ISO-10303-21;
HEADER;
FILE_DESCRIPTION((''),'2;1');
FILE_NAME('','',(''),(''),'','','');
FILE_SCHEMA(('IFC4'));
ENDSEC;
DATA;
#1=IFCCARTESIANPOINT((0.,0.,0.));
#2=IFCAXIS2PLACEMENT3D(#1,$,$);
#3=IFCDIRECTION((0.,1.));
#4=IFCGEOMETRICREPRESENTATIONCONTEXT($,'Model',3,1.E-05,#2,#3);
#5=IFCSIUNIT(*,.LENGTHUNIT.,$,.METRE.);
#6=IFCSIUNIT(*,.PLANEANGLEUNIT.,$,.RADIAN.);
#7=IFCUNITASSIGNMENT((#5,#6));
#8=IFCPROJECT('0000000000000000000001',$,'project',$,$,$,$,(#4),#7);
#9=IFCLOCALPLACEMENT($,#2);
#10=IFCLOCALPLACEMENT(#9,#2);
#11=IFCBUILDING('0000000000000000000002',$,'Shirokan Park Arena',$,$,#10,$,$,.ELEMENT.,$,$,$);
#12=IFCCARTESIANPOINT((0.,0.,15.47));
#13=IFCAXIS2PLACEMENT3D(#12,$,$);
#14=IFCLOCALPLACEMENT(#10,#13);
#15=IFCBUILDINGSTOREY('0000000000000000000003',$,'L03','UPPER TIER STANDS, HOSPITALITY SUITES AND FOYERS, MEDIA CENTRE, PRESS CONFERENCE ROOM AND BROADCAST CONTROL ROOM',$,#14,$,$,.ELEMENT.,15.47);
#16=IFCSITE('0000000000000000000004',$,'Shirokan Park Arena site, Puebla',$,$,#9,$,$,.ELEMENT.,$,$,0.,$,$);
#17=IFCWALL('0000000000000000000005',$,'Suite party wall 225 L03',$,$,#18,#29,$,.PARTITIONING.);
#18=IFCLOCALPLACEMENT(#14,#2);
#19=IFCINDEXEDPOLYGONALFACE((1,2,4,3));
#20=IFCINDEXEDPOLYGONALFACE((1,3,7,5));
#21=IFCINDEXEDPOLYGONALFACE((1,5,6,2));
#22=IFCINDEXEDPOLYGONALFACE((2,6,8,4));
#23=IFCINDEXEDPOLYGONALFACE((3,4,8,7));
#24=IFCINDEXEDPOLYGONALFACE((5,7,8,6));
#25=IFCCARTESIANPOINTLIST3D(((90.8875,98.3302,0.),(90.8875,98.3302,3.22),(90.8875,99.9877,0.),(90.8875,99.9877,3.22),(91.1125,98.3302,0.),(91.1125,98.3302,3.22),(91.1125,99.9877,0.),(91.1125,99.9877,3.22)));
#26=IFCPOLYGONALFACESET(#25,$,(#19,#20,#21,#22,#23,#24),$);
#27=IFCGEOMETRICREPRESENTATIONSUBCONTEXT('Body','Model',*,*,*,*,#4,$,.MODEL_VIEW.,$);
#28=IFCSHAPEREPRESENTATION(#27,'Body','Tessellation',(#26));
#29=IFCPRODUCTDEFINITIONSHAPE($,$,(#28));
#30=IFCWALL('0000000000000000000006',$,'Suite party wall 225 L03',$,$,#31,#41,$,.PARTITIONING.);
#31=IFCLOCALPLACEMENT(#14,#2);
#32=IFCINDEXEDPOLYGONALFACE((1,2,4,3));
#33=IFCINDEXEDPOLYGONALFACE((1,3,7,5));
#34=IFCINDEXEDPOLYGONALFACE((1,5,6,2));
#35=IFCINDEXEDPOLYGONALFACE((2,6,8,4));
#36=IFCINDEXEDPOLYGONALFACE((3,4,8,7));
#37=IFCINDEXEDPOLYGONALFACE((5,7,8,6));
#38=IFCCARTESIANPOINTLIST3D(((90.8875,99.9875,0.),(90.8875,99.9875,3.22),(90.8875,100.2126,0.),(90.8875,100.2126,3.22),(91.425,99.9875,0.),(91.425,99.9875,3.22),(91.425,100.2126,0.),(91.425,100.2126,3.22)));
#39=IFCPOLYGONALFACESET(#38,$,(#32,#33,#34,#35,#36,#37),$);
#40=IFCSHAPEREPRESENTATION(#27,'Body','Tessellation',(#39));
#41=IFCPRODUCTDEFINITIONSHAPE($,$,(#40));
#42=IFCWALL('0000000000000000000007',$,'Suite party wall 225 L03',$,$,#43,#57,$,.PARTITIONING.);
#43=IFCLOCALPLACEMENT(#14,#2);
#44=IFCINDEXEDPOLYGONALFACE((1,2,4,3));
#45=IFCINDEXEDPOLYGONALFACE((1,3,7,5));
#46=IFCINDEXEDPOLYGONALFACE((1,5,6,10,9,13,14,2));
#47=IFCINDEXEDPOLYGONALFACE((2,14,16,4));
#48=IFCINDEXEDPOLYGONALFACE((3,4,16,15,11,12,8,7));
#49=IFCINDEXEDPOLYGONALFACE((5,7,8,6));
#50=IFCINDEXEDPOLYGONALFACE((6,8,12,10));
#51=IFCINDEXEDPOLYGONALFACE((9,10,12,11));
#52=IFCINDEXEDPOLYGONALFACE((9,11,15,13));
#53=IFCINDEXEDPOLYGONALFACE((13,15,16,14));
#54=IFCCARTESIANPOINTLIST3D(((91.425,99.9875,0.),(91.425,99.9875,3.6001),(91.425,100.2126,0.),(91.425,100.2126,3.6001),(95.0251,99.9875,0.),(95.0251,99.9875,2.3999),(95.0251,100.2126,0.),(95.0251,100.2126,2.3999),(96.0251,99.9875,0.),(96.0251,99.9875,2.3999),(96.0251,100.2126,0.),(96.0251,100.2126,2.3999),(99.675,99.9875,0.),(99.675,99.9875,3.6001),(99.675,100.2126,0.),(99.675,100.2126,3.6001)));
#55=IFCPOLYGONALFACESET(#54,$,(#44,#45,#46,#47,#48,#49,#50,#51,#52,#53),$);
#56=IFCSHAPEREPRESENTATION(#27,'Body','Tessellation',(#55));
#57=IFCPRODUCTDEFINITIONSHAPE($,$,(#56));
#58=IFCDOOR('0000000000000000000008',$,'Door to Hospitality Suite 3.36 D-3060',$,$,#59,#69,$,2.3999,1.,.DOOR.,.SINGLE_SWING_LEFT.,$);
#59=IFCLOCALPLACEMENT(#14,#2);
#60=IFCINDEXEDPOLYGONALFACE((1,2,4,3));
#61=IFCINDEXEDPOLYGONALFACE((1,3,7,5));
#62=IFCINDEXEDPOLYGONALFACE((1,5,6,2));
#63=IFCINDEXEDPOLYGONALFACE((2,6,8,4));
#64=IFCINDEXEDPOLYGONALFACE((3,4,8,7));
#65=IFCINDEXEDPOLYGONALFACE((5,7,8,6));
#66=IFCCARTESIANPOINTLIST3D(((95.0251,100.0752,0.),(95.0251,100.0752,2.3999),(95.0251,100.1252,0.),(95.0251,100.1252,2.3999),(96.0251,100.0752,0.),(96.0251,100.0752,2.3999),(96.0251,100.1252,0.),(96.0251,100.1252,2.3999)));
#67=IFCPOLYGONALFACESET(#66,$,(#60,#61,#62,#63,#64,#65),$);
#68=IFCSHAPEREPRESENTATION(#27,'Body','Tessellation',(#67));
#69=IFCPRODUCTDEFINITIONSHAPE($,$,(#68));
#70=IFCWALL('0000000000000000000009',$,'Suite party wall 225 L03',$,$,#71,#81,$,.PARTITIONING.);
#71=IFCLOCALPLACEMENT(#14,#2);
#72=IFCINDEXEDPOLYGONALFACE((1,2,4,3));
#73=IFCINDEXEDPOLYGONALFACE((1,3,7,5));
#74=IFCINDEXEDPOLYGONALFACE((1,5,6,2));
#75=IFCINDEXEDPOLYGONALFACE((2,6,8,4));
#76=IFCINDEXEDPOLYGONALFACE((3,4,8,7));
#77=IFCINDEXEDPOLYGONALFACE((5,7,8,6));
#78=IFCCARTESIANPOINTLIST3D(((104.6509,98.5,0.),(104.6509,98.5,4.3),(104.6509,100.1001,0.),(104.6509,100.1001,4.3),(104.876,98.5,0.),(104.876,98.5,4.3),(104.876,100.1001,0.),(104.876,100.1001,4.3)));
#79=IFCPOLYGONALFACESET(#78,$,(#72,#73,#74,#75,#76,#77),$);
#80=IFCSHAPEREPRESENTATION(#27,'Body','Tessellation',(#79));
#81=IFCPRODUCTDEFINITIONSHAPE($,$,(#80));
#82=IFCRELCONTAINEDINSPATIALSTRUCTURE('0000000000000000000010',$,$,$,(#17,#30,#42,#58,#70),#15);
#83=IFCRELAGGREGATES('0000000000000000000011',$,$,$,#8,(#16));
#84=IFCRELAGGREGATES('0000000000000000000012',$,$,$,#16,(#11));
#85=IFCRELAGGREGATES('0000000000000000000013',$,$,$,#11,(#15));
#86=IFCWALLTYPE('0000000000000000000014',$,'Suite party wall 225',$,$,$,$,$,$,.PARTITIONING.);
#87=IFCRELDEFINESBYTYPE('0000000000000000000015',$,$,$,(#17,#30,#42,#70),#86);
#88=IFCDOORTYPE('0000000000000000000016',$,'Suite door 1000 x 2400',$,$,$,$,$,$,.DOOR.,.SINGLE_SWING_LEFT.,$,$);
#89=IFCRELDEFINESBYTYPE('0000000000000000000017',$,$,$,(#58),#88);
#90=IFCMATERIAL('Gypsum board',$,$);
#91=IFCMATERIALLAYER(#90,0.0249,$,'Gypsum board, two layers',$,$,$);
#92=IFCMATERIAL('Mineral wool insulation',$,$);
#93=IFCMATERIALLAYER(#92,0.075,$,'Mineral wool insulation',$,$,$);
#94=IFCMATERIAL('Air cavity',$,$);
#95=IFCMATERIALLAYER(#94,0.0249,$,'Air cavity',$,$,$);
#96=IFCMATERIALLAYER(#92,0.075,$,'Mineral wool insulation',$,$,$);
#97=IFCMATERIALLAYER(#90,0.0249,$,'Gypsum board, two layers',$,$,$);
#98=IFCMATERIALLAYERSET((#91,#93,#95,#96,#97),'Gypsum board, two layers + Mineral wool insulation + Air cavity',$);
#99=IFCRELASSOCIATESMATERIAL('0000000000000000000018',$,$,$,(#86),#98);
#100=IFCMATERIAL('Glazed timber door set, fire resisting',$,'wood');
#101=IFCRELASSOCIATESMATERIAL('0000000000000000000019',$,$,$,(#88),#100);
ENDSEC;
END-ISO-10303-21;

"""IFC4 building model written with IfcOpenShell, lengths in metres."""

from ifc_helpers import new_model, si_unit, direction, frame, frame_2d, origin, place, context, subcontext, project, spatial, rectangle, extrude, material, layer, layer_set, type_object, element, fill, save


model = new_model("IFC4")

# Units and contexts
model_context = context("Model", 3, precision=1e-05, world=origin(), true_north=direction((0.0, 1.0)))
body_context = subcontext(model_context, "Body", "Model", "MODEL_VIEW")
ifc_project = project(units=[si_unit("LENGTHUNIT", "METRE"), si_unit("PLANEANGLEUNIT", "RADIAN")], contexts=[model_context])

# Site, building, storey
site_placement = place(None, origin())
site = spatial("IfcSite", under=ifc_project, at=site_placement, Name="Shirokan Park Arena site, Puebla", CompositionType="ELEMENT", RefElevation=0.0)
building_placement = place(site_placement, origin())
building = spatial("IfcBuilding", under=site, at=building_placement, Name="Shirokan Park Arena", CompositionType="ELEMENT")
storey_placement = place(building_placement, frame((0.0, 0.0, 15.47)))
storey = spatial("IfcBuildingStorey", under=building, at=storey_placement, Name="L03", Description="UPPER TIER STANDS, HOSPITALITY SUITES AND FOYERS, MEDIA CENTRE, PRESS CONFERENCE ROOM AND BROADCAST CONTROL ROOM", CompositionType="ELEMENT", Elevation=15.47)

# Shared definitions
ifc_material_1 = material(Name="Mineral wool insulation")
ifc_material_2 = material(Name="Gypsum board")

# Shared definitions
ifc_layer_1 = layer(ifc_material_2, 0.0249, Name="Gypsum board, two layers")
ifc_layer_2 = layer(ifc_material_1, 0.075, Name="Mineral wool insulation")
ifc_material_3 = material(Name="Air cavity")
ifc_layer_3 = layer(ifc_material_3, 0.0249, Name="Air cavity")
ifc_layer_4 = layer(ifc_material_1, 0.075, Name="Mineral wool insulation")
ifc_layer_5 = layer(ifc_material_2, 0.0249, Name="Gypsum board, two layers")
ifc_layer_set_1 = layer_set([ifc_layer_1, ifc_layer_2, ifc_layer_3, ifc_layer_4, ifc_layer_5], Name="Gypsum board, two layers + Mineral wool insulation + Air cavity")
wall_type_1 = type_object("IfcWallType", Name="Suite party wall 225", PredefinedType="PARTITIONING", material=ifc_layer_set_1)
ifc_material_4 = material(Name="Glazed timber door set, fire resisting", Category="wood")
door_type_1 = type_object("IfcDoorType", Name="Suite door 1000 x 2400", OperationType="SINGLE_SWING_LEFT", PredefinedType="DOOR", material=ifc_material_4)

# Walls
wall_1_placement = place(storey_placement, frame((91.0, 99.9875, 0.0), z_axis=(0.0, 0.0, 1.0), x_axis=(0.0, -1.0, 0.0)))
element("IfcWall", 1, at=wall_1_placement, inside=storey, type_object=wall_type_1, Name="Suite party wall 225 L03", PredefinedType="PARTITIONING", context=body_context, shape_type="SweptSolid", body=[
    extrude(rectangle(XDim=1.6575, YDim=0.2251, at=frame_2d((0.8286, 0.0))), origin(), (0.0, 0.0, 1.0), 3.22),
])
wall_2_placement = place(storey_placement, frame((91.425, 100.1001, 0.0), z_axis=(0.0, 0.0, 1.0), x_axis=(-1.0, 0.0, 0.0)))
element("IfcWall", 2, at=wall_2_placement, inside=storey, type_object=wall_type_1, Name="Suite party wall 225 L03", PredefinedType="PARTITIONING", context=body_context, shape_type="SweptSolid", body=[
    extrude(rectangle(XDim=0.5376, YDim=0.2251, at=frame_2d((0.2688, 0.0))), origin(), (0.0, 0.0, 1.0), 3.22),
])

# Wall, opening, door
wall_3_placement = place(storey_placement, frame((99.675, 100.1001, 0.0), z_axis=(0.0, 0.0, 1.0), x_axis=(-1.0, 0.0, 0.0)))
wall_3 = element("IfcWall", 3, at=wall_3_placement, inside=storey, type_object=wall_type_1, Name="Suite party wall 225 L03", PredefinedType="PARTITIONING", context=body_context, shape_type="SweptSolid", body=[
    extrude(rectangle(XDim=8.25, YDim=0.2251, at=frame_2d((4.125, 0.0))), origin(), (0.0, 0.0, 1.0), 3.6001),
])
opening_1_placement = place(wall_3_placement, frame((3.6499, 0.0, 0.0)))
opening_1 = element("IfcOpeningElement", 4, at=opening_1_placement, cuts=wall_3, PredefinedType="OPENING", context=body_context, shape_type="SweptSolid", body=[
    extrude(rectangle(XDim=1.0, YDim=2.3999, at=frame_2d((0.5, 1.2))), frame((0.0, 0.1226, 0.0), z_axis=(0.0, -1.0, 0.0), x_axis=(1.0, 0.0, 0.0)), (0.0, 0.0, 1.0), 0.2451),
])
door_1_placement = place(opening_1_placement, origin())
door_1 = element("IfcDoor", 5, at=door_1_placement, inside=storey, type_object=door_type_1, Name="Door to Hospitality Suite 3.36 D-3060", OperationType="SINGLE_SWING_LEFT", OverallHeight=2.3999, OverallWidth=1.0, PredefinedType="DOOR", context=body_context, shape_type="SweptSolid", body=[
    extrude(rectangle(XDim=1.0, YDim=2.3999, at=frame_2d((0.5, 1.2))), frame((0.0, 0.0249, 0.0), z_axis=(0.0, -1.0, 0.0), x_axis=(1.0, 0.0, 0.0)), (0.0, 0.0, 1.0), 0.05),
])
fill(opening_1, door_1)

# Wall
wall_4_placement = place(storey_placement, frame((104.7634, 98.5, 0.0), z_axis=(0.0, 0.0, 1.0), x_axis=(0.0, 1.0, 0.0)))
element("IfcWall", 6, at=wall_4_placement, inside=storey, type_object=wall_type_1, Name="Suite party wall 225 L03", PredefinedType="PARTITIONING", context=body_context, shape_type="SweptSolid", body=[
    extrude(rectangle(XDim=1.6001, YDim=0.2251, at=frame_2d((0.8, 0.0))), origin(), (0.0, 0.0, 1.0), 4.3),
])

save(model, "model.ifc")
